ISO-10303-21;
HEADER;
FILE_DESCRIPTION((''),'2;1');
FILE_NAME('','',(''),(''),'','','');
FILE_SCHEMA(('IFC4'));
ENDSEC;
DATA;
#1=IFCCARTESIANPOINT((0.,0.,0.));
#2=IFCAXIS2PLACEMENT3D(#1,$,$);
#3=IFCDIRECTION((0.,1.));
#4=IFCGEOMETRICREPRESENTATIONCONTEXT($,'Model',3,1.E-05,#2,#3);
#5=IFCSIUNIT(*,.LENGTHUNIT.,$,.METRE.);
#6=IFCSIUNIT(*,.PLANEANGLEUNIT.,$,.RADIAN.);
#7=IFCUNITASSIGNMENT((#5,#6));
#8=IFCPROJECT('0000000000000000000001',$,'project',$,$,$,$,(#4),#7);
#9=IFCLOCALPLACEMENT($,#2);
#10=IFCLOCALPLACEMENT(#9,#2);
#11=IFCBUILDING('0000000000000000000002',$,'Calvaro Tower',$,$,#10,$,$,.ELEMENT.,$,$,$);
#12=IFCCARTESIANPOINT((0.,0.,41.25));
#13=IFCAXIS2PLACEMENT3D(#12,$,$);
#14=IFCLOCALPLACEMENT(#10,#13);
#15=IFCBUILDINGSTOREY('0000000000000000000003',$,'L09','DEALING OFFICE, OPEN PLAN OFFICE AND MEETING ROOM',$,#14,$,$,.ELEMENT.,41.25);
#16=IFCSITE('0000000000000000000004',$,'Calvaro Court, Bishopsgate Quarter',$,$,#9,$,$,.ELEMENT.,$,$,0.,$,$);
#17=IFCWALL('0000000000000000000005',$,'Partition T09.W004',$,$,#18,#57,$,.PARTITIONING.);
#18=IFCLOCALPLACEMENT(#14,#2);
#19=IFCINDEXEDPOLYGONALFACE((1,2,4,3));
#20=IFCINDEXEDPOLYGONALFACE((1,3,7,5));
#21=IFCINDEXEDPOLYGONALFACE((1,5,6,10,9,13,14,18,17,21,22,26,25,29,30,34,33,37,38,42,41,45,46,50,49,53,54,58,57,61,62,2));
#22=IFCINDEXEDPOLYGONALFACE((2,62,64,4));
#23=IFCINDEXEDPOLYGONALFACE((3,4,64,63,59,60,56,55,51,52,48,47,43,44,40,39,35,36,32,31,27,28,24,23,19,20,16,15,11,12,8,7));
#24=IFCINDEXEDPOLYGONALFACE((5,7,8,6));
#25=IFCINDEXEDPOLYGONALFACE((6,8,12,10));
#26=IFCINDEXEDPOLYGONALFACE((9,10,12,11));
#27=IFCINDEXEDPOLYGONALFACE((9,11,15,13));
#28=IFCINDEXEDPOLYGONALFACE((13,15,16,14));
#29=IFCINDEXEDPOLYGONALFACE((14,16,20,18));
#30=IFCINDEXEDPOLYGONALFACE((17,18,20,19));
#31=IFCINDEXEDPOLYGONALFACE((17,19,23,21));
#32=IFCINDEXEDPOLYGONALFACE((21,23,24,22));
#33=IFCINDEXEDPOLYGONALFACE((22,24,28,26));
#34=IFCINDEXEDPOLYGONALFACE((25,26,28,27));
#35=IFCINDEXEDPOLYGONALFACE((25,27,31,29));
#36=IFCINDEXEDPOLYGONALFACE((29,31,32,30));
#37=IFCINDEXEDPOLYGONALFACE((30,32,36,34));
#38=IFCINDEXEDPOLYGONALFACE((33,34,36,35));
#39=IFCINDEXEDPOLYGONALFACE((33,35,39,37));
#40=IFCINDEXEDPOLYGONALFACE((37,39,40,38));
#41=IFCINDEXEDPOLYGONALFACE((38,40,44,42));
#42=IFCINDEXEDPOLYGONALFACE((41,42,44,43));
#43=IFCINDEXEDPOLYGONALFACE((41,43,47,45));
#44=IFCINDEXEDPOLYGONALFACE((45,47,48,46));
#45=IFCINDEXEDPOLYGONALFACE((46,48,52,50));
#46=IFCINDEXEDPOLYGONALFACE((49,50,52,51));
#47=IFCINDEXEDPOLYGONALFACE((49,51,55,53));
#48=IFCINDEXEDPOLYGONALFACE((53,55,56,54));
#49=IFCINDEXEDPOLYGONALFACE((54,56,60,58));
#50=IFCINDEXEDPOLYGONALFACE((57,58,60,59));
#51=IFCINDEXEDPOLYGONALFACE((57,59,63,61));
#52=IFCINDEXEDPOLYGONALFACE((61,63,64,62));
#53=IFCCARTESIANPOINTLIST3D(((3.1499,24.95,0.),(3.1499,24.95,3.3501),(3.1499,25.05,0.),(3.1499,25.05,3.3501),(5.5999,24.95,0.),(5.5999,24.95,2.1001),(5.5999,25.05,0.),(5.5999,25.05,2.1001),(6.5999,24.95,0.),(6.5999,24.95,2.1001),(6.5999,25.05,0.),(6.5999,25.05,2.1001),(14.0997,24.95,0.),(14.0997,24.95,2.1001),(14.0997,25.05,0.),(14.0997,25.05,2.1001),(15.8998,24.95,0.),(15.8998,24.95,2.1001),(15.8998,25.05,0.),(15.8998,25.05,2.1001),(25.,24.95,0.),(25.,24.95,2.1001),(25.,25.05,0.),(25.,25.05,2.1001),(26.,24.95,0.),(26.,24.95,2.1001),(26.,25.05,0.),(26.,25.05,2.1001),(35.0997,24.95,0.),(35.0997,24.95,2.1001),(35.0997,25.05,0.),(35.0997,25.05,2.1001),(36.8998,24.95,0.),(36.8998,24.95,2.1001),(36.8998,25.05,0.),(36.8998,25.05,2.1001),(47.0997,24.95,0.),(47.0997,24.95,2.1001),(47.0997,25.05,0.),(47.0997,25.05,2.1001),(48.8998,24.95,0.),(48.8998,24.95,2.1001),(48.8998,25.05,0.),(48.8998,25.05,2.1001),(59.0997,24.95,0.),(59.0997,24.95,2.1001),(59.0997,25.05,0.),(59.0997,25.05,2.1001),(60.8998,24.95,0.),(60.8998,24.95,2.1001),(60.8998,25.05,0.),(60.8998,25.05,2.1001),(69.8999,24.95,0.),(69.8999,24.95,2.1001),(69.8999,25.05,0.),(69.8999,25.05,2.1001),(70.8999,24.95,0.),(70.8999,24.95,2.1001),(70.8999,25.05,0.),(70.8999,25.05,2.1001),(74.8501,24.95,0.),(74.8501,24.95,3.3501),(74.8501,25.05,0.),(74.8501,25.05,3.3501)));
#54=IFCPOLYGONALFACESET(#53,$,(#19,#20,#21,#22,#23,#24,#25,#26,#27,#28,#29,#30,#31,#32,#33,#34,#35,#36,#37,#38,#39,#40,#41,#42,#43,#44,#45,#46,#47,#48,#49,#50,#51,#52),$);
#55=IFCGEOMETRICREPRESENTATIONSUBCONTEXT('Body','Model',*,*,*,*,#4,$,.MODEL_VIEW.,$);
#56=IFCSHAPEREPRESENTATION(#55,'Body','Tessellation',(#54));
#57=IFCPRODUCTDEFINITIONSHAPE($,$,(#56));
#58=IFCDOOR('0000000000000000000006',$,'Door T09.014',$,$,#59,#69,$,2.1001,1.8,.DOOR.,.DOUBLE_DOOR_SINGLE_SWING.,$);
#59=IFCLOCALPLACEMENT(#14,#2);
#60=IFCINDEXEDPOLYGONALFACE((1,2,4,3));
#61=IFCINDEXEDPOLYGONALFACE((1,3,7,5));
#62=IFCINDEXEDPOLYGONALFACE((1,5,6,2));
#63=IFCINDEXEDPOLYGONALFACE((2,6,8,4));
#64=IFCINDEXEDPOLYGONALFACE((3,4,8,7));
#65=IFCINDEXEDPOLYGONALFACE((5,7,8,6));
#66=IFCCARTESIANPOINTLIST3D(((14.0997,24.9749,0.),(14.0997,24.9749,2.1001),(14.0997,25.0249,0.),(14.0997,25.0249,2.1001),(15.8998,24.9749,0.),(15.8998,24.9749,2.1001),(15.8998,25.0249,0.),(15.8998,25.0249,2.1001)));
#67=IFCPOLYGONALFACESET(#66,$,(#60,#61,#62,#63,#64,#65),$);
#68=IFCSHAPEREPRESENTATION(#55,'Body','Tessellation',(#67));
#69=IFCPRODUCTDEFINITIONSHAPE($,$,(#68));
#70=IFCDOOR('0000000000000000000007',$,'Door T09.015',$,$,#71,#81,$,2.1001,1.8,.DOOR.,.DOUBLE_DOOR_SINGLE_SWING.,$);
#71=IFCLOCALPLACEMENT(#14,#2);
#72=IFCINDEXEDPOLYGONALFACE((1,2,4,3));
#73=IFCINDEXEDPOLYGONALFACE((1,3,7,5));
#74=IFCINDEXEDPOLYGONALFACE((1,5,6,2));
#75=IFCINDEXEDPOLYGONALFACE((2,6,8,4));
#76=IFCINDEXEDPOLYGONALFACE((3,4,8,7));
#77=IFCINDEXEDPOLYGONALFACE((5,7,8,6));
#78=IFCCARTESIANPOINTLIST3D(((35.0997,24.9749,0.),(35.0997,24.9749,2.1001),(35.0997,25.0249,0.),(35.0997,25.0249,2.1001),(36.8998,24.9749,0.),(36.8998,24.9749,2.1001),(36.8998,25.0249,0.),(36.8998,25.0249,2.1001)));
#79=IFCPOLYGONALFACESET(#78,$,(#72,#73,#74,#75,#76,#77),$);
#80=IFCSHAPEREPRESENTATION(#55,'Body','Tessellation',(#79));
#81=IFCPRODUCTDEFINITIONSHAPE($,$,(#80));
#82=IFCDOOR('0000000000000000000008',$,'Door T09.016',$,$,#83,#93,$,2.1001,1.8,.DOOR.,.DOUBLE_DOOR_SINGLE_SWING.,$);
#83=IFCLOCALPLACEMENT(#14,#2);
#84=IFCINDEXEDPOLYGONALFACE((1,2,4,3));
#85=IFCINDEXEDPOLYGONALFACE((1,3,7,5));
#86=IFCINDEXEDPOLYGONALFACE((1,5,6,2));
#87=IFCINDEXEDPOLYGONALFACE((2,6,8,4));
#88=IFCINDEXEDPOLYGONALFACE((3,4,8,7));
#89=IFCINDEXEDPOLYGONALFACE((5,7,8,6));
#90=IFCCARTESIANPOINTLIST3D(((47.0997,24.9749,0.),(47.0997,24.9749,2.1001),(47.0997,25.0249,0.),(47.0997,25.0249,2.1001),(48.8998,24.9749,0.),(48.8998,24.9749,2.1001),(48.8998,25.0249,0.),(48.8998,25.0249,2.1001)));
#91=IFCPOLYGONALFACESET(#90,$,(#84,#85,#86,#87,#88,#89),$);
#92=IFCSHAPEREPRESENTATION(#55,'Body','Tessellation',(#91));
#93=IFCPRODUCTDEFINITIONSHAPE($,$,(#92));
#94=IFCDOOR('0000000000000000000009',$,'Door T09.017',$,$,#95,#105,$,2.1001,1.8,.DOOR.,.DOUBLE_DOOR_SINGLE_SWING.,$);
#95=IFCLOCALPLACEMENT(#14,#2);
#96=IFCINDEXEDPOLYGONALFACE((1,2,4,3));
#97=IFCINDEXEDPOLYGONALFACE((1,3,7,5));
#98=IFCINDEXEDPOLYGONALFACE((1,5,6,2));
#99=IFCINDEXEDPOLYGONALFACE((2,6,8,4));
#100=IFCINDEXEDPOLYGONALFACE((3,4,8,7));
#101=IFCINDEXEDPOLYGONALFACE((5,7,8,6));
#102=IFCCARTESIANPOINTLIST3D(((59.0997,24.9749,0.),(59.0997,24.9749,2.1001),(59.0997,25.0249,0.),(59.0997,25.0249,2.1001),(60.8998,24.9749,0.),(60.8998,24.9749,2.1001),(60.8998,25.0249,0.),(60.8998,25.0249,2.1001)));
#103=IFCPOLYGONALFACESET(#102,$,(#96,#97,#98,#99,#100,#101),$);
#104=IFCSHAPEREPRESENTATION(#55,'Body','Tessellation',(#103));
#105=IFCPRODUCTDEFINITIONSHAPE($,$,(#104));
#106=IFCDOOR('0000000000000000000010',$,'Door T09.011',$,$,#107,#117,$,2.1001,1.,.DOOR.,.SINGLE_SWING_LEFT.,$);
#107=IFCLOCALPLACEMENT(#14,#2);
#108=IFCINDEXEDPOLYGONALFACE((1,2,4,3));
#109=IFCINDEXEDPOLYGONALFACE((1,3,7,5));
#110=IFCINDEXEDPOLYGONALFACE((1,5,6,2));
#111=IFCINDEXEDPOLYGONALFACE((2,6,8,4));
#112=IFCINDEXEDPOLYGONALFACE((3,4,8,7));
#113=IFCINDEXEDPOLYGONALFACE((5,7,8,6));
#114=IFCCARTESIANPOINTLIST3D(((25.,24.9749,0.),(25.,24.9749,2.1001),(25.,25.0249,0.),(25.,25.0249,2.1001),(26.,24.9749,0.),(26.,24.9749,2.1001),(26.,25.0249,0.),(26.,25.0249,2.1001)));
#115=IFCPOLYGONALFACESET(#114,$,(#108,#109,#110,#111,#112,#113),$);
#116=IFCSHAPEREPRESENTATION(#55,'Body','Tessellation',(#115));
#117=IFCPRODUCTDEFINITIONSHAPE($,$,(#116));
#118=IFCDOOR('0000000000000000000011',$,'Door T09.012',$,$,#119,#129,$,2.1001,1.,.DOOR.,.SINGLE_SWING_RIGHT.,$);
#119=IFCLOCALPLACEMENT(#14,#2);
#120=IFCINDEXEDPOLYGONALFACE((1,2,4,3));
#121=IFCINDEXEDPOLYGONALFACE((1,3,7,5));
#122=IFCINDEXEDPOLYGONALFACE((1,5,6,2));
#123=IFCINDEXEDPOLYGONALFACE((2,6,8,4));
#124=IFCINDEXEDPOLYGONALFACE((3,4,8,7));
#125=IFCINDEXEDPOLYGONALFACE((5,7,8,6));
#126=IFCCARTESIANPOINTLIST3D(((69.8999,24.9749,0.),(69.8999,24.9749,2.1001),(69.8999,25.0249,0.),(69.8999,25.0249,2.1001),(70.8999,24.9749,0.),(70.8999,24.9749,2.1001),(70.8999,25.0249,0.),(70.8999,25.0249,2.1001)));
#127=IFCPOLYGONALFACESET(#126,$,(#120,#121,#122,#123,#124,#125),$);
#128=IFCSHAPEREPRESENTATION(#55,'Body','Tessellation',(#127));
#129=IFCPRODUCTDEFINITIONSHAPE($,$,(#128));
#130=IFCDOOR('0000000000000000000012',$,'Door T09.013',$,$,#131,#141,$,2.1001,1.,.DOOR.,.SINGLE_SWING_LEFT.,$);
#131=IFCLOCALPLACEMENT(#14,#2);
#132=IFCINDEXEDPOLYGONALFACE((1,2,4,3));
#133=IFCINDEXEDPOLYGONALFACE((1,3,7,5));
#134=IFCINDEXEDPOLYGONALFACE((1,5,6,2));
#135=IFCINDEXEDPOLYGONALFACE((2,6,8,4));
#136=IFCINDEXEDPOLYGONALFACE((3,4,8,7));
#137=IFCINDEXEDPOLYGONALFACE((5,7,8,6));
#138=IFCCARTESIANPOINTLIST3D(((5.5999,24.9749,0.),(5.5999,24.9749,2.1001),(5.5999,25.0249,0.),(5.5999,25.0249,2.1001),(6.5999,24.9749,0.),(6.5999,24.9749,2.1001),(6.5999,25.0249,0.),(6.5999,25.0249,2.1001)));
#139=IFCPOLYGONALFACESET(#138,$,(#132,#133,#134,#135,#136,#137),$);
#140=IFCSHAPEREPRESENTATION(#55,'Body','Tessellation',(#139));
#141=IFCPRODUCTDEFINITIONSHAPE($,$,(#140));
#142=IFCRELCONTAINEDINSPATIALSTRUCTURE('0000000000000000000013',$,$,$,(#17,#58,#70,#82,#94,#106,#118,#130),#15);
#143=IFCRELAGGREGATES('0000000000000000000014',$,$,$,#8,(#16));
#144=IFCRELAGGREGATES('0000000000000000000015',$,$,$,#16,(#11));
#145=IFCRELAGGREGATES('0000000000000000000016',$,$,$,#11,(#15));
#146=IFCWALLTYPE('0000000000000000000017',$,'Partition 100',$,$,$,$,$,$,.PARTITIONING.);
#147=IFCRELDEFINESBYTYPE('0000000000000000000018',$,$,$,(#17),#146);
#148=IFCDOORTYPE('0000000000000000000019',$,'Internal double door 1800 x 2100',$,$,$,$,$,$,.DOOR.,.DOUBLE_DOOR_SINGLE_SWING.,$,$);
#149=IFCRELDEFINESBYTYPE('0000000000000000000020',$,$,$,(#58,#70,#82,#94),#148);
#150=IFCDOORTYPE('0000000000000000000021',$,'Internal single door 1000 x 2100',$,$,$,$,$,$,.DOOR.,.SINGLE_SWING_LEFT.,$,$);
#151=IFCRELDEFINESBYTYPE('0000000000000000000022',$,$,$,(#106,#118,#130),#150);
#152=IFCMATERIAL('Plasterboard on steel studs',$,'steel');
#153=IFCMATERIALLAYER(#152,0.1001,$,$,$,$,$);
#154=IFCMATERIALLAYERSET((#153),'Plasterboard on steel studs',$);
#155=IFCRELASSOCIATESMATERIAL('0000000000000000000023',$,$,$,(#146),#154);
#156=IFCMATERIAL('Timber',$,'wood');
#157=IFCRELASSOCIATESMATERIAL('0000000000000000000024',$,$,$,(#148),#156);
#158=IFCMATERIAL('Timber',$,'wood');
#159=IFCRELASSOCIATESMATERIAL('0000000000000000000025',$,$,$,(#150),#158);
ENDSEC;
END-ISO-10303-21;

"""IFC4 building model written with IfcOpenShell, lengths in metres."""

from ifc_helpers import new_model, si_unit, direction, frame, frame_2d, origin, place, context, subcontext, project, spatial, rectangle, extrude, material, layer, layer_set, type_object, element, fill, save


model = new_model("IFC4")

# Units and contexts
model_context = context("Model", 3, precision=1e-05, world=origin(), true_north=direction((0.0, 1.0)))
body_context = subcontext(model_context, "Body", "Model", "MODEL_VIEW")
ifc_project = project(units=[si_unit("LENGTHUNIT", "METRE"), si_unit("PLANEANGLEUNIT", "RADIAN")], contexts=[model_context])

# Site, building, storey
site_placement = place(None, origin())
site = spatial("IfcSite", under=ifc_project, at=site_placement, Name="Calvaro Court, Bishopsgate Quarter", CompositionType="ELEMENT", RefElevation=0.0)
building_placement = place(site_placement, origin())
building = spatial("IfcBuilding", under=site, at=building_placement, Name="Calvaro Tower", CompositionType="ELEMENT")
storey_placement = place(building_placement, frame((0.0, 0.0, 41.25)))
storey = spatial("IfcBuildingStorey", under=building, at=storey_placement, Name="L09", Description="DEALING OFFICE, OPEN PLAN OFFICE AND MEETING ROOM", CompositionType="ELEMENT", Elevation=41.25)

# Wall, openings, doors
ifc_material_1 = material(Name="Plasterboard on steel studs", Category="steel")
ifc_layer = layer(ifc_material_1, 0.1001)
ifc_layer_set = layer_set([ifc_layer], Name="Plasterboard on steel studs")
wall_type = type_object("IfcWallType", Name="Partition 100", PredefinedType="PARTITIONING", material=ifc_layer_set)
wall_1_placement = place(storey_placement, frame((3.1499, 25.0, 0.0), z_axis=(0.0, 0.0, 1.0), x_axis=(1.0, 0.0, 0.0)))
wall_1 = element("IfcWall", 1, at=wall_1_placement, inside=storey, type_object=wall_type, Name="Partition T09.W004", PredefinedType="PARTITIONING", context=body_context, shape_type="SweptSolid", body=[
    extrude(rectangle(XDim=71.7002, YDim=0.1001, at=frame_2d((35.8501, 0.0))), origin(), (0.0, 0.0, 1.0), 3.3501),
])
opening_1_placement = place(wall_1_placement, frame((21.8501, 0.0, 0.0)))
opening_1 = element("IfcOpeningElement", 2, at=opening_1_placement, cuts=wall_1, PredefinedType="OPENING", context=body_context, shape_type="SweptSolid", body=[
    extrude(rectangle(XDim=1.0, YDim=2.1001, at=frame_2d((0.5, 1.05))), frame((0.0, 0.0601, 0.0), z_axis=(0.0, -1.0, 0.0), x_axis=(1.0, 0.0, 0.0)), (0.0, 0.0, 1.0), 0.1201),
])
opening_2_placement = place(wall_1_placement, frame((66.75, 0.0, 0.0)))
opening_2 = element("IfcOpeningElement", 3, at=opening_2_placement, cuts=wall_1, PredefinedType="OPENING", context=body_context, shape_type="SweptSolid", body=[
    extrude(rectangle(XDim=1.0, YDim=2.1001, at=frame_2d((0.5, 1.05))), frame((0.0, 0.0601, 0.0), z_axis=(0.0, -1.0, 0.0), x_axis=(1.0, 0.0, 0.0)), (0.0, 0.0, 1.0), 0.1201),
])
opening_3_placement = place(wall_1_placement, frame((2.45, 0.0, 0.0)))
opening_3 = element("IfcOpeningElement", 4, at=opening_3_placement, cuts=wall_1, PredefinedType="OPENING", context=body_context, shape_type="SweptSolid", body=[
    extrude(rectangle(XDim=1.0, YDim=2.1001, at=frame_2d((0.5, 1.05))), frame((0.0, 0.0601, 0.0), z_axis=(0.0, -1.0, 0.0), x_axis=(1.0, 0.0, 0.0)), (0.0, 0.0, 1.0), 0.1201),
])
opening_4_placement = place(wall_1_placement, frame((10.95, 0.0, 0.0)))
opening_4 = element("IfcOpeningElement", 5, at=opening_4_placement, cuts=wall_1, PredefinedType="OPENING", context=body_context, shape_type="SweptSolid", body=[
    extrude(rectangle(XDim=1.8, YDim=2.1001, at=frame_2d((0.8999, 1.05))), frame((0.0, 0.0601, 0.0), z_axis=(0.0, -1.0, 0.0), x_axis=(1.0, 0.0, 0.0)), (0.0, 0.0, 1.0), 0.1201),
])
opening_5_placement = place(wall_1_placement, frame((31.95, 0.0, 0.0)))
opening_5 = element("IfcOpeningElement", 6, at=opening_5_placement, cuts=wall_1, PredefinedType="OPENING", context=body_context, shape_type="SweptSolid", body=[
    extrude(rectangle(XDim=1.8, YDim=2.1001, at=frame_2d((0.8999, 1.05))), frame((0.0, 0.0601, 0.0), z_axis=(0.0, -1.0, 0.0), x_axis=(1.0, 0.0, 0.0)), (0.0, 0.0, 1.0), 0.1201),
])
opening_6_placement = place(wall_1_placement, frame((43.95, 0.0, 0.0)))
opening_6 = element("IfcOpeningElement", 7, at=opening_6_placement, cuts=wall_1, PredefinedType="OPENING", context=body_context, shape_type="SweptSolid", body=[
    extrude(rectangle(XDim=1.8, YDim=2.1001, at=frame_2d((0.8999, 1.05))), frame((0.0, 0.0601, 0.0), z_axis=(0.0, -1.0, 0.0), x_axis=(1.0, 0.0, 0.0)), (0.0, 0.0, 1.0), 0.1201),
])
opening_7_placement = place(wall_1_placement, frame((55.95, 0.0, 0.0)))
opening_7 = element("IfcOpeningElement", 8, at=opening_7_placement, cuts=wall_1, PredefinedType="OPENING", context=body_context, shape_type="SweptSolid", body=[
    extrude(rectangle(XDim=1.8, YDim=2.1001, at=frame_2d((0.8999, 1.05))), frame((0.0, 0.0601, 0.0), z_axis=(0.0, -1.0, 0.0), x_axis=(1.0, 0.0, 0.0)), (0.0, 0.0, 1.0), 0.1201),
])
ifc_material_2 = material(Name="Timber", Category="wood")
door_type_1 = type_object("IfcDoorType", Name="Internal double door 1800 x 2100", OperationType="DOUBLE_DOOR_SINGLE_SWING", PredefinedType="DOOR", material=ifc_material_2)
door_1_placement = place(opening_4_placement, origin())
door_1 = element("IfcDoor", 9, at=door_1_placement, inside=storey, type_object=door_type_1, Name="Door T09.014", OperationType="DOUBLE_DOOR_SINGLE_SWING", OverallHeight=2.1001, OverallWidth=1.8, PredefinedType="DOOR", context=body_context, shape_type="SweptSolid", body=[
    extrude(rectangle(XDim=1.8, YDim=2.1001, at=frame_2d((0.8999, 1.05))), frame((0.0, 0.0249, 0.0), z_axis=(0.0, -1.0, 0.0), x_axis=(1.0, 0.0, 0.0)), (0.0, 0.0, 1.0), 0.05),
])
fill(opening_4, door_1)
door_2_placement = place(opening_5_placement, origin())
door_2 = element("IfcDoor", 10, at=door_2_placement, inside=storey, type_object=door_type_1, Name="Door T09.015", OperationType="DOUBLE_DOOR_SINGLE_SWING", OverallHeight=2.1001, OverallWidth=1.8, PredefinedType="DOOR", context=body_context, shape_type="SweptSolid", body=[
    extrude(rectangle(XDim=1.8, YDim=2.1001, at=frame_2d((0.8999, 1.05))), frame((0.0, 0.0249, 0.0), z_axis=(0.0, -1.0, 0.0), x_axis=(1.0, 0.0, 0.0)), (0.0, 0.0, 1.0), 0.05),
])
fill(opening_5, door_2)
door_3_placement = place(opening_6_placement, origin())
door_3 = element("IfcDoor", 11, at=door_3_placement, inside=storey, type_object=door_type_1, Name="Door T09.016", OperationType="DOUBLE_DOOR_SINGLE_SWING", OverallHeight=2.1001, OverallWidth=1.8, PredefinedType="DOOR", context=body_context, shape_type="SweptSolid", body=[
    extrude(rectangle(XDim=1.8, YDim=2.1001, at=frame_2d((0.8999, 1.05))), frame((0.0, 0.0249, 0.0), z_axis=(0.0, -1.0, 0.0), x_axis=(1.0, 0.0, 0.0)), (0.0, 0.0, 1.0), 0.05),
])
fill(opening_6, door_3)
door_4_placement = place(opening_7_placement, origin())
door_4 = element("IfcDoor", 12, at=door_4_placement, inside=storey, type_object=door_type_1, Name="Door T09.017", OperationType="DOUBLE_DOOR_SINGLE_SWING", OverallHeight=2.1001, OverallWidth=1.8, PredefinedType="DOOR", context=body_context, shape_type="SweptSolid", body=[
    extrude(rectangle(XDim=1.8, YDim=2.1001, at=frame_2d((0.8999, 1.05))), frame((0.0, 0.0249, 0.0), z_axis=(0.0, -1.0, 0.0), x_axis=(1.0, 0.0, 0.0)), (0.0, 0.0, 1.0), 0.05),
])
fill(opening_7, door_4)
ifc_material_3 = material(Name="Timber", Category="wood")
door_type_2 = type_object("IfcDoorType", Name="Internal single door 1000 x 2100", OperationType="SINGLE_SWING_LEFT", PredefinedType="DOOR", material=ifc_material_3)
door_5_placement = place(opening_1_placement, origin())
door_5 = element("IfcDoor", 13, at=door_5_placement, inside=storey, type_object=door_type_2, Name="Door T09.011", OperationType="SINGLE_SWING_LEFT", OverallHeight=2.1001, OverallWidth=1.0, PredefinedType="DOOR", context=body_context, shape_type="SweptSolid", body=[
    extrude(rectangle(XDim=1.0, YDim=2.1001, at=frame_2d((0.5, 1.05))), frame((0.0, 0.0249, 0.0), z_axis=(0.0, -1.0, 0.0), x_axis=(1.0, 0.0, 0.0)), (0.0, 0.0, 1.0), 0.05),
])
fill(opening_1, door_5)
door_6_placement = place(opening_2_placement, origin())
door_6 = element("IfcDoor", 14, at=door_6_placement, inside=storey, type_object=door_type_2, Name="Door T09.012", OperationType="SINGLE_SWING_RIGHT", OverallHeight=2.1001, OverallWidth=1.0, PredefinedType="DOOR", context=body_context, shape_type="SweptSolid", body=[
    extrude(rectangle(XDim=1.0, YDim=2.1001, at=frame_2d((0.5, 1.05))), frame((0.0, 0.0249, 0.0), z_axis=(0.0, -1.0, 0.0), x_axis=(1.0, 0.0, 0.0)), (0.0, 0.0, 1.0), 0.05),
])
fill(opening_2, door_6)
door_7_placement = place(opening_3_placement, origin())
door_7 = element("IfcDoor", 15, at=door_7_placement, inside=storey, type_object=door_type_2, Name="Door T09.013", OperationType="SINGLE_SWING_LEFT", OverallHeight=2.1001, OverallWidth=1.0, PredefinedType="DOOR", context=body_context, shape_type="SweptSolid", body=[
    extrude(rectangle(XDim=1.0, YDim=2.1001, at=frame_2d((0.5, 1.05))), frame((0.0, 0.0249, 0.0), z_axis=(0.0, -1.0, 0.0), x_axis=(1.0, 0.0, 0.0)), (0.0, 0.0, 1.0), 0.05),
])
fill(opening_3, door_7)

save(model, "model.ifc")
